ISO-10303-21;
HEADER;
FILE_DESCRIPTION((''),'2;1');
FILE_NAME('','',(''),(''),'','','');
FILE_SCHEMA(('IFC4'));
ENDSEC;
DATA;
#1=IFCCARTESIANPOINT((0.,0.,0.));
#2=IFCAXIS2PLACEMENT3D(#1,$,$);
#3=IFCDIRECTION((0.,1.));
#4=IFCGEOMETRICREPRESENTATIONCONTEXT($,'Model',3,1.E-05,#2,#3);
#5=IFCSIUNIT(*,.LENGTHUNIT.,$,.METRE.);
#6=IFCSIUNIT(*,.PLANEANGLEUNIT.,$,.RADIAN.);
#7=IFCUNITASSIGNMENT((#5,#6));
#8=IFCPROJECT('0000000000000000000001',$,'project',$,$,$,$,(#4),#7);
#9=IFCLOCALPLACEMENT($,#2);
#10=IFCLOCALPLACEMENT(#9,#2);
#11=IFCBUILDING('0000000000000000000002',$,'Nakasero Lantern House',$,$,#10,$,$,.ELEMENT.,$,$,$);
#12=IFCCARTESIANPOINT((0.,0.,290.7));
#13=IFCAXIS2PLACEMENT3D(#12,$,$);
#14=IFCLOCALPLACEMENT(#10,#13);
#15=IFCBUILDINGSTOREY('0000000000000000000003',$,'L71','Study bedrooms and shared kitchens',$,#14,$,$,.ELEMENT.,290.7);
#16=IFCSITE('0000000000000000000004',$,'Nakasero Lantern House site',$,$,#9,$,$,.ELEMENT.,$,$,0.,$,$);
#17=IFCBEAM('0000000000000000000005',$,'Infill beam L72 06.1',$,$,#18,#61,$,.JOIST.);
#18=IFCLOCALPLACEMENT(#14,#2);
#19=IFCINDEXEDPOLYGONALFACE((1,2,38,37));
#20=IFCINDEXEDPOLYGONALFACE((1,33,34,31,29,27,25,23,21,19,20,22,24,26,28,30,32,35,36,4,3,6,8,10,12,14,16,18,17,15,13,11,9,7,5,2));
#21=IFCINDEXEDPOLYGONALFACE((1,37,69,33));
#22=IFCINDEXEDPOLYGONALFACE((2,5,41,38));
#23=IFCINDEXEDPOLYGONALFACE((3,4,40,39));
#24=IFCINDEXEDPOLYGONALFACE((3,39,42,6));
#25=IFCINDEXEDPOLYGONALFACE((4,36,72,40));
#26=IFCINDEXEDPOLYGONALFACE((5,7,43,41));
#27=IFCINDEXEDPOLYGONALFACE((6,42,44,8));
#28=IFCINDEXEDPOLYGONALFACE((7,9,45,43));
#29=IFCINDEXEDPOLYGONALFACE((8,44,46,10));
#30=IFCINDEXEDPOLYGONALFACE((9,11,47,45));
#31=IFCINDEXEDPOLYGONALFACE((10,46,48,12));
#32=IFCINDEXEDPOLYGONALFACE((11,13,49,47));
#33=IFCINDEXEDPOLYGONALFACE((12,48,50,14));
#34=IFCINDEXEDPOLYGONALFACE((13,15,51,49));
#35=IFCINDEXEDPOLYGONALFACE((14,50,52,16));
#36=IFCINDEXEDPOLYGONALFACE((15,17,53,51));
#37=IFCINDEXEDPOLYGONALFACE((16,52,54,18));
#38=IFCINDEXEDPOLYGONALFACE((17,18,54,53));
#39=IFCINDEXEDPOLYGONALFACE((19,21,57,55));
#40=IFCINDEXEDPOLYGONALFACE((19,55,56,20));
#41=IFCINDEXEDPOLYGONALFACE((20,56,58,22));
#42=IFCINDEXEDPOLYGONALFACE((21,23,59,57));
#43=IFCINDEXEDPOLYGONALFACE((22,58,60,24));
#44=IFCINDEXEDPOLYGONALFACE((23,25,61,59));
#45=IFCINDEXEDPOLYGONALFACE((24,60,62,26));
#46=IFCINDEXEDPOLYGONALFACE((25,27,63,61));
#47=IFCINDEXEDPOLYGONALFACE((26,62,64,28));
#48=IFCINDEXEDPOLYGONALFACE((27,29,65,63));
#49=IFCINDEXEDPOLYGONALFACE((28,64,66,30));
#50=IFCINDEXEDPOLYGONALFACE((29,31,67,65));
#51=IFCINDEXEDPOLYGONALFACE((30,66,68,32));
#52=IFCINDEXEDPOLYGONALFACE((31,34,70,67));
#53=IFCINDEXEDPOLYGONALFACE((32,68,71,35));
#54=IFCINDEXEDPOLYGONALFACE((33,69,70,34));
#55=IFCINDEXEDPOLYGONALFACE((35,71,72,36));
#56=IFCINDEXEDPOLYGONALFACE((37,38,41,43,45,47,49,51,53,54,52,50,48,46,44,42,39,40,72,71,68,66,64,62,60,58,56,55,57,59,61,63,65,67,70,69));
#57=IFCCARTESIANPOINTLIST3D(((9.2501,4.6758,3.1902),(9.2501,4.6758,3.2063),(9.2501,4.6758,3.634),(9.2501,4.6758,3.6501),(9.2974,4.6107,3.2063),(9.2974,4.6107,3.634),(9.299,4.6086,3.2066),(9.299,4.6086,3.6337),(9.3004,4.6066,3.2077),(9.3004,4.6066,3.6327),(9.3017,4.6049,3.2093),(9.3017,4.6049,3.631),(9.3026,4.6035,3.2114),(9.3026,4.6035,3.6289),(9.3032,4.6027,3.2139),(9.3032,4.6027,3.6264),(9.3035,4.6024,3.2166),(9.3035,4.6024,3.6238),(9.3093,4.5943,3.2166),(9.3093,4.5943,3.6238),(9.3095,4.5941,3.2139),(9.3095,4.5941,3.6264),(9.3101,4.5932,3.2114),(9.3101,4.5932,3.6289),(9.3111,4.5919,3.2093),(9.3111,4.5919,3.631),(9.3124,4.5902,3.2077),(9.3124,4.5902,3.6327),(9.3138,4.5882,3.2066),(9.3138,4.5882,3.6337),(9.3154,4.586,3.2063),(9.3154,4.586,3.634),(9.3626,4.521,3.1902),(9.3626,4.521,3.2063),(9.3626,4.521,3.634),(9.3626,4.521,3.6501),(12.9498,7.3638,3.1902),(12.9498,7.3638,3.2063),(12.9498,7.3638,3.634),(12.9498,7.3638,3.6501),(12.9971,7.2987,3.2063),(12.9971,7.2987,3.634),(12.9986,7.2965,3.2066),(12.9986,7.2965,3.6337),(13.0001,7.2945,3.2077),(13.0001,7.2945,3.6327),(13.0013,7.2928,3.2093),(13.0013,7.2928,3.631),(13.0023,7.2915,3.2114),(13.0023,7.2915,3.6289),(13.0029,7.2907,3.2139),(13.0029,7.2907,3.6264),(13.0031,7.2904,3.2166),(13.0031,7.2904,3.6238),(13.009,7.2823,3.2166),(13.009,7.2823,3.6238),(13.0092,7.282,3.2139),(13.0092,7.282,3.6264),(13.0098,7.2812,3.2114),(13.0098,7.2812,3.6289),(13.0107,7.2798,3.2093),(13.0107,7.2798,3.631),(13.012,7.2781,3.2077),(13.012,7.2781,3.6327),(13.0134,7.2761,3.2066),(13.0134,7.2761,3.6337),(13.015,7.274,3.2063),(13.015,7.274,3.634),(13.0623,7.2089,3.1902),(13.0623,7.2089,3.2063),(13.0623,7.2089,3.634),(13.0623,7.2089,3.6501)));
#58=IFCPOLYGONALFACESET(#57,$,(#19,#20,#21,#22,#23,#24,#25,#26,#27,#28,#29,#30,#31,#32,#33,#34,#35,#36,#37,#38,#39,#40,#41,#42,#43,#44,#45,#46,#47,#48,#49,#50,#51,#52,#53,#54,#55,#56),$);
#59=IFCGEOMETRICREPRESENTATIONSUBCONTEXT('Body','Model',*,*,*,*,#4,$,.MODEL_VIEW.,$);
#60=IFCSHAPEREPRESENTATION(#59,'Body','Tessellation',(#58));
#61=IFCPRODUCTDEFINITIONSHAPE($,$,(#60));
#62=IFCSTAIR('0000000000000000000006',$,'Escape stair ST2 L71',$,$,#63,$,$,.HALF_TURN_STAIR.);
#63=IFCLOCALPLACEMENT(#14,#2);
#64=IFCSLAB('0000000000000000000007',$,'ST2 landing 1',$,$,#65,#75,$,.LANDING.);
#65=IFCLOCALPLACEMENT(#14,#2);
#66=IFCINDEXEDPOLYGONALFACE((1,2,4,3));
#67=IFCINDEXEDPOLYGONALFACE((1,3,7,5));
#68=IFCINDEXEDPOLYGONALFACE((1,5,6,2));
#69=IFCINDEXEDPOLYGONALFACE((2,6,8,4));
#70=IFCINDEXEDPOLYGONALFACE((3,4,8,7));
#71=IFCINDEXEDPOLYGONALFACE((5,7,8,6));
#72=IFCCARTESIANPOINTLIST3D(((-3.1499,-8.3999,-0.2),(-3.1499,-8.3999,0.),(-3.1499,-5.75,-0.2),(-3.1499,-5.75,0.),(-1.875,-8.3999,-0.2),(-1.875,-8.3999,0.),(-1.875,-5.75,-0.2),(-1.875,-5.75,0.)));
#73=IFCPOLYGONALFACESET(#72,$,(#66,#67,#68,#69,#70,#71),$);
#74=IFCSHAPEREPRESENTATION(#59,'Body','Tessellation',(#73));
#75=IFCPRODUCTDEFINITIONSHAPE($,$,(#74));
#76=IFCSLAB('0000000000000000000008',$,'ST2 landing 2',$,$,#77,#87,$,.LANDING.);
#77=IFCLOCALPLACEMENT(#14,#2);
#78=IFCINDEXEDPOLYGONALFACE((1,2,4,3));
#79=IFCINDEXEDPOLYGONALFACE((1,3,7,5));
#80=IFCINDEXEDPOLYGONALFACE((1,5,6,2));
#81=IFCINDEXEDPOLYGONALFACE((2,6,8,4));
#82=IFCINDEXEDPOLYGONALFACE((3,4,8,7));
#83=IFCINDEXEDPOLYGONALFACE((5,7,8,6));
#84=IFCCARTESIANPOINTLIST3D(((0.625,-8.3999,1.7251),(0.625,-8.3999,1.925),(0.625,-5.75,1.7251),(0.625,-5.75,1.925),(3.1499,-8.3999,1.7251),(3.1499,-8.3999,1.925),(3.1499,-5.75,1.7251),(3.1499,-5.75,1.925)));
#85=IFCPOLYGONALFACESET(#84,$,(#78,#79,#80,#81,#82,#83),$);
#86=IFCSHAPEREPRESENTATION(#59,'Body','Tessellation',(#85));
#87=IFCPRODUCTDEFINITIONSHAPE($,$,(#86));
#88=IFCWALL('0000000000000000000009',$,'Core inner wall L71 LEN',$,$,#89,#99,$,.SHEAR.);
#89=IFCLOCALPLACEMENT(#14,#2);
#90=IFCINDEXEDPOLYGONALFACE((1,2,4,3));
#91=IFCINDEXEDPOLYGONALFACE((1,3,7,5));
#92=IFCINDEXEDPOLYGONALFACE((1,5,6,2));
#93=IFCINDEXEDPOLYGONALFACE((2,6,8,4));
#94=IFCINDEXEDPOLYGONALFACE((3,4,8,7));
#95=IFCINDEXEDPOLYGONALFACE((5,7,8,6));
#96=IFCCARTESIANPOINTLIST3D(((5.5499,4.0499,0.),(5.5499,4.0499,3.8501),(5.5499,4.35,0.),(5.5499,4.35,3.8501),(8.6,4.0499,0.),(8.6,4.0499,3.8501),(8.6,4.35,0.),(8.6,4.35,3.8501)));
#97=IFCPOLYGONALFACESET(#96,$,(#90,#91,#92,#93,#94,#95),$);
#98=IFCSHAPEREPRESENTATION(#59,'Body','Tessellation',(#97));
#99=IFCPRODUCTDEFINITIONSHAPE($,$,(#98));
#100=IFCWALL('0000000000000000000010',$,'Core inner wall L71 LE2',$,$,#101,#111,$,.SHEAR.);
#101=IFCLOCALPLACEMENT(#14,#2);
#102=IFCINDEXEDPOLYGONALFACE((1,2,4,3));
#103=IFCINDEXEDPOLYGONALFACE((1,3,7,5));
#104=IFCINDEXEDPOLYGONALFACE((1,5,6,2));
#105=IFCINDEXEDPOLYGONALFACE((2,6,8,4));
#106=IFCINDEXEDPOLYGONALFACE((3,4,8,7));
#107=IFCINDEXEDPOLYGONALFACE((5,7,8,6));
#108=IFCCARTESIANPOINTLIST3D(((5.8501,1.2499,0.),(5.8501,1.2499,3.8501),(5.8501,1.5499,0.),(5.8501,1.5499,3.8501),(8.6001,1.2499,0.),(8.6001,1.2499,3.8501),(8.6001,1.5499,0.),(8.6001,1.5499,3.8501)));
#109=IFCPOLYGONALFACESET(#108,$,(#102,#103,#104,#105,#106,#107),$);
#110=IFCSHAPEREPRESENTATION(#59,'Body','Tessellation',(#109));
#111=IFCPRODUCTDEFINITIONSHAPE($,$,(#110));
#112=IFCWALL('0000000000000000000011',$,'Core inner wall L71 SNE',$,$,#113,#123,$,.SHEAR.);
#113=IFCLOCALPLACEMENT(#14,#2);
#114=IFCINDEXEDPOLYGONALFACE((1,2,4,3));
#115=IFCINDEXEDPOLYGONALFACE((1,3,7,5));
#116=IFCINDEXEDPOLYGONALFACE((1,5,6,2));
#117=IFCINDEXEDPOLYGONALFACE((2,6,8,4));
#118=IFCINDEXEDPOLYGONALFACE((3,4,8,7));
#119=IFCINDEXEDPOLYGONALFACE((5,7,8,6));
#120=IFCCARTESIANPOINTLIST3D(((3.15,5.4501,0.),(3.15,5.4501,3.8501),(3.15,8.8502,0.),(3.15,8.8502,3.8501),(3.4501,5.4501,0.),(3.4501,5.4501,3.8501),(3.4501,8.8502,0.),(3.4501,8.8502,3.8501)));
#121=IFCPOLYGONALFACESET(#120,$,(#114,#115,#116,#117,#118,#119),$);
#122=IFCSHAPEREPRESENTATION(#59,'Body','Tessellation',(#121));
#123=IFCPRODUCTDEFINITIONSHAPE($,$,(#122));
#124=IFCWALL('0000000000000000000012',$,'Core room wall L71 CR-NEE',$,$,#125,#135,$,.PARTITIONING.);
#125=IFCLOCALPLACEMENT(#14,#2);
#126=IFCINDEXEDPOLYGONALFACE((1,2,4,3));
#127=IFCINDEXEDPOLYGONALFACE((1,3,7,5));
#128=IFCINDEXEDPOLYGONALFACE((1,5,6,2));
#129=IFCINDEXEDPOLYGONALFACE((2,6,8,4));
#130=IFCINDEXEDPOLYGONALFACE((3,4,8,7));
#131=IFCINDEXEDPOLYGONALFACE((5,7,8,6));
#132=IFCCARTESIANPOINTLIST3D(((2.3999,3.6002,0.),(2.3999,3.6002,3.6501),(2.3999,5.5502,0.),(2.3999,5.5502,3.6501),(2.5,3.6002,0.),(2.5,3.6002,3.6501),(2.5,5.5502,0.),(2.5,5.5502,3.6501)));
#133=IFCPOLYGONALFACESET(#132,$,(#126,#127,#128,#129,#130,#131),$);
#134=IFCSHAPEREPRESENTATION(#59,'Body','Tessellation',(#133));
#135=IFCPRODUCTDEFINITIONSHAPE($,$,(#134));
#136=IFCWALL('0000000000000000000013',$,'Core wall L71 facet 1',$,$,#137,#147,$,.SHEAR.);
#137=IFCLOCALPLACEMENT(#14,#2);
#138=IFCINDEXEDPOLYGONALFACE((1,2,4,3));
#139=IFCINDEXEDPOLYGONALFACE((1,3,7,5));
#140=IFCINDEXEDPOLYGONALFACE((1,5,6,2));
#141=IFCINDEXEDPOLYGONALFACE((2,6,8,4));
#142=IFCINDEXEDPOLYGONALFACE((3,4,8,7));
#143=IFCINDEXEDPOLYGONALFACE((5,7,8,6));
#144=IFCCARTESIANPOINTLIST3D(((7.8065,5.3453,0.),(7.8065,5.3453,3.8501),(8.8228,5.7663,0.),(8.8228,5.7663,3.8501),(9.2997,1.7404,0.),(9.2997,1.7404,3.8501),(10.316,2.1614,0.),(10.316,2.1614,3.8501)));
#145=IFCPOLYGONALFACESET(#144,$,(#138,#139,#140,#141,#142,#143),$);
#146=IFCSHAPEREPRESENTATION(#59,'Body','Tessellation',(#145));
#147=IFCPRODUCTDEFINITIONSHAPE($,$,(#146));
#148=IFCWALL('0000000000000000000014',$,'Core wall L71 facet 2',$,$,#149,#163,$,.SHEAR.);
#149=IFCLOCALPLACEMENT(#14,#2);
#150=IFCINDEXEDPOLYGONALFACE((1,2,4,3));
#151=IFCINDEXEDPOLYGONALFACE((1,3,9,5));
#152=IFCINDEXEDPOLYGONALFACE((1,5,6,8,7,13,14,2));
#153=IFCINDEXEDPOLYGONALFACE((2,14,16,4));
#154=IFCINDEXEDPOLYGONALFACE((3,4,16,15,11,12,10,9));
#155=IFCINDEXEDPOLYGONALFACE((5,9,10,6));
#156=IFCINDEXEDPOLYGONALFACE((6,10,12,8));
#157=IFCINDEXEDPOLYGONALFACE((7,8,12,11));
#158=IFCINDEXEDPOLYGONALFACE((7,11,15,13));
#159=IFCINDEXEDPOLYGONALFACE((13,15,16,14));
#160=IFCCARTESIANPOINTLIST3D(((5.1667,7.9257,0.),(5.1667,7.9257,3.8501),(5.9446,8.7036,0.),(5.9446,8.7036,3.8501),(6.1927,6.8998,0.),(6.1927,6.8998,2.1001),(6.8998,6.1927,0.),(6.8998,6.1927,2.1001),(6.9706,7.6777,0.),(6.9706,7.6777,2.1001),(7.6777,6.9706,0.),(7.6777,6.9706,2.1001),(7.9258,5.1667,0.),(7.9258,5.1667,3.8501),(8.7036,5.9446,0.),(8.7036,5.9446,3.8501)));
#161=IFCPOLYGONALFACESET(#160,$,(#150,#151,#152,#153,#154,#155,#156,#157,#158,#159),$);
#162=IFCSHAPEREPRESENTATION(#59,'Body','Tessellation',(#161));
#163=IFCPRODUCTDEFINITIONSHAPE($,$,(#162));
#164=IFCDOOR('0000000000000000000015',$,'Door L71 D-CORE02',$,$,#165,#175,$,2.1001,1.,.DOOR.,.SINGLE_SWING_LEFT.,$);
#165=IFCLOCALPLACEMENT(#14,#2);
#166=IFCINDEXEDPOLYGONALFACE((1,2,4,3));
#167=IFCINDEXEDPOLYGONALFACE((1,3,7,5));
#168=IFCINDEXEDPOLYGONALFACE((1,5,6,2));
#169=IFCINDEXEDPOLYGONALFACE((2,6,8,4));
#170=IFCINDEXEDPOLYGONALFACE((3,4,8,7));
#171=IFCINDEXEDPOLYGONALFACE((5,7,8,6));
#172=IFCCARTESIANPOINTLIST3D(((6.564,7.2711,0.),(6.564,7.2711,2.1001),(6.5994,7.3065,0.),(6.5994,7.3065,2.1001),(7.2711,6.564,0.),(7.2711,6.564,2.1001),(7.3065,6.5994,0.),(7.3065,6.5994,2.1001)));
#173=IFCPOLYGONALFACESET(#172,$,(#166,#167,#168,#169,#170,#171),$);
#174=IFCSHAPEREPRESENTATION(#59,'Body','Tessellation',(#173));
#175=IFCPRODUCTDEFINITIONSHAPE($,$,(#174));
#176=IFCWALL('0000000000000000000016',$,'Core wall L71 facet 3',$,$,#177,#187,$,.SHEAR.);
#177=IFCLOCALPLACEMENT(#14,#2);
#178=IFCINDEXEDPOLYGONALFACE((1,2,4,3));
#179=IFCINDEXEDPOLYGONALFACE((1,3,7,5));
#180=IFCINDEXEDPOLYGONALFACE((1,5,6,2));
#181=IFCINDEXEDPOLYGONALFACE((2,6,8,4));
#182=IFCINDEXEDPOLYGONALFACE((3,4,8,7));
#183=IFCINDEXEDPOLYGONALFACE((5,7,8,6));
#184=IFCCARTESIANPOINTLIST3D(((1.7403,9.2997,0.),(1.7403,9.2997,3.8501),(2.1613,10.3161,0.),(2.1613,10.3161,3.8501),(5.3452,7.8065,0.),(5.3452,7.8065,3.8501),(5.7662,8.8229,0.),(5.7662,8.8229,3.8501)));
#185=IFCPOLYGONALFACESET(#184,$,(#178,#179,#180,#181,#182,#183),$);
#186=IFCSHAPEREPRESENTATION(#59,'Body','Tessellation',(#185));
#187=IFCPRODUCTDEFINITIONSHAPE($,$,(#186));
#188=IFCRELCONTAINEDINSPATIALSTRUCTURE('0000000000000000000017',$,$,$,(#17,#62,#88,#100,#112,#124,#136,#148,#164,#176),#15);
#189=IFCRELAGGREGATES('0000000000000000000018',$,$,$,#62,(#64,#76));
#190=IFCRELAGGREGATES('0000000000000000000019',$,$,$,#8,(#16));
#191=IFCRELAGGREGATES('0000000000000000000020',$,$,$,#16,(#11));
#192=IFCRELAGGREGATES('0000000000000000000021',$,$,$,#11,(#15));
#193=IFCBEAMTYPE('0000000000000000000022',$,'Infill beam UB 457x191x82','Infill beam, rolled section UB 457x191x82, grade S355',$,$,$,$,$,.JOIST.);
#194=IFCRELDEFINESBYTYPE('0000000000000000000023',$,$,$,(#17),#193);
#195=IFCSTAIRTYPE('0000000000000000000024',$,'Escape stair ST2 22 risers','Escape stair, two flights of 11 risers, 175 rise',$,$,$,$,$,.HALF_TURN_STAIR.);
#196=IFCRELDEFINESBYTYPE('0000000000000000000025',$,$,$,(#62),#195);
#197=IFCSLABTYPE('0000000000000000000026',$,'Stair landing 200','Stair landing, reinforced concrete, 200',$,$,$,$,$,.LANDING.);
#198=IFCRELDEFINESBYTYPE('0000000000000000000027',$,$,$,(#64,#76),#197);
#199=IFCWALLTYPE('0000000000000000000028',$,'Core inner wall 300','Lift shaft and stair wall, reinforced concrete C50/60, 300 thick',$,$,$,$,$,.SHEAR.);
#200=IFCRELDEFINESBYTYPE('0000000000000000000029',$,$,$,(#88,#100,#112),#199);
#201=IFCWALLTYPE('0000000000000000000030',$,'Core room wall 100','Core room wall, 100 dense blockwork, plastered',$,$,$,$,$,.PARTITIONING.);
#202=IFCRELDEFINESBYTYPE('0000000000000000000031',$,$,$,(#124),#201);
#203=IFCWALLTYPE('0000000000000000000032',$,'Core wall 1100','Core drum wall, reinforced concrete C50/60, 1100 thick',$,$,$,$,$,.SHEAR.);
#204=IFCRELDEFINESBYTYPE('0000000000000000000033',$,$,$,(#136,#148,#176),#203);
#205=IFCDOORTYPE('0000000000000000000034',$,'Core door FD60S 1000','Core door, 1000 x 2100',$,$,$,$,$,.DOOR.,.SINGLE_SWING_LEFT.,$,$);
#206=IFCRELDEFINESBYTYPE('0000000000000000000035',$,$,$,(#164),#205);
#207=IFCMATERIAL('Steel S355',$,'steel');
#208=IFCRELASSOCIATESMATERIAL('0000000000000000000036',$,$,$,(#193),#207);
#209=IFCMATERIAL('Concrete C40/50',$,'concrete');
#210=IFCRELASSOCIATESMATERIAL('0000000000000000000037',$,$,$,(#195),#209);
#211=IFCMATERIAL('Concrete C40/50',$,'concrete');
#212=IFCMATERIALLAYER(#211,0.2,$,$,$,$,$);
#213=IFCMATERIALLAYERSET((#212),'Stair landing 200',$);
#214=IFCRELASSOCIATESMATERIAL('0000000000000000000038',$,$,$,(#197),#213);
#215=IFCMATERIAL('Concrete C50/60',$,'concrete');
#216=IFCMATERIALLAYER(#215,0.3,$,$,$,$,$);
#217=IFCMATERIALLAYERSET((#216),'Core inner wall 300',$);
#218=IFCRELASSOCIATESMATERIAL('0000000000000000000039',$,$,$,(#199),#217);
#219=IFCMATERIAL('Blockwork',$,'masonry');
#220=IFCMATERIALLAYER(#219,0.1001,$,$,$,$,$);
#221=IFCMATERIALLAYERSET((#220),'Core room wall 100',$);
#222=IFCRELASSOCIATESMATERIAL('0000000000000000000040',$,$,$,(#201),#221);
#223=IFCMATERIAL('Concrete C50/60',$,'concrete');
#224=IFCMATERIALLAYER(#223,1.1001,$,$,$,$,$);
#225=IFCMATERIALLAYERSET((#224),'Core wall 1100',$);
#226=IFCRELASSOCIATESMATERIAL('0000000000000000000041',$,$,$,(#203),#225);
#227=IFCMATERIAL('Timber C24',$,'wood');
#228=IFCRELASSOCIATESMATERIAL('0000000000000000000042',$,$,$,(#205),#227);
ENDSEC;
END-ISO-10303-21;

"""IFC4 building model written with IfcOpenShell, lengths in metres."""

from ifc_helpers import new_model, si_unit, direction, frame, frame_2d, origin, origin_2d, place, context, subcontext, project, spatial, polyline, rectangle, i_section, outline, extrude, material, layer, layer_set, material_profile, profile_set, type_object, element, fill, aggregate, save


model = new_model("IFC4")

# Units and contexts
model_context = context("Model", 3, precision=1e-05, world=origin(), true_north=direction((0.0, 1.0)))
body_context = subcontext(model_context, "Body", "Model", "MODEL_VIEW")
ifc_project = project(units=[si_unit("LENGTHUNIT", "METRE"), si_unit("PLANEANGLEUNIT", "RADIAN")], contexts=[model_context])

# Site, building, storey
site_placement = place(None, origin())
site = spatial("IfcSite", under=ifc_project, at=site_placement, Name="Nakasero Lantern House site", CompositionType="ELEMENT", RefElevation=0.0)
building_placement = place(site_placement, origin())
building = spatial("IfcBuilding", under=site, at=building_placement, Name="Nakasero Lantern House", CompositionType="ELEMENT")
storey_placement = place(building_placement, frame((0.0, 0.0, 290.7)))
storey = spatial("IfcBuildingStorey", under=building, at=storey_placement, Name="L71", Description="Study bedrooms and shared kitchens", CompositionType="ELEMENT", Elevation=290.7)

# Beam
ifc_material_1 = material(Name="Steel S355", Category="steel")
ifc_material_profile = material_profile(ifc_material_1, i_section(OverallWidth=0.1914, OverallDepth=0.46, WebThickness=0.01, FlangeThickness=0.0161, FilletRadius=0.0103, at=origin_2d()), Name="UB 457x191x82")
ifc_profile_set = profile_set([ifc_material_profile], Name="Steel S355")
beam_type = type_object("IfcBeamType", Name="Infill beam UB 457x191x82", Description="Infill beam, rolled section UB 457x191x82, grade S355", PredefinedType="JOIST", material=ifc_profile_set)
beam_placement = place(storey_placement, frame((9.3064, 4.5984, 3.4202), z_axis=(0.809018, 0.587784, 0.0), x_axis=(-0.587784, 0.809018, 0.0)))
element("IfcBeam", 1, at=beam_placement, inside=storey, type_object=beam_type, Name="Infill beam L72 06.1", PredefinedType="JOIST", context=body_context, shape_type="SweptSolid", body=[
    extrude(i_section(OverallWidth=0.1914, OverallDepth=0.46, WebThickness=0.01, FlangeThickness=0.0161, FilletRadius=0.0103, at=origin_2d()), origin(), (0.0, 0.0, 1.0), 4.573),
])

# Stair, slabs
ifc_material_2 = material(Name="Concrete C40/50", Category="concrete")
stair_type_1 = type_object("IfcStairType", Name="Escape stair ST2 22 risers", Description="Escape stair, two flights of 11 risers, 175 rise", PredefinedType="HALF_TURN_STAIR", material=ifc_material_2)
stair_1_placement = place(storey_placement, origin())
stair_1 = element("IfcStair", 2, at=stair_1_placement, inside=storey, type_object=stair_type_1, Name="Escape stair ST2 L71", PredefinedType="HALF_TURN_STAIR")
ifc_material_3 = material(Name="Concrete C40/50", Category="concrete")
ifc_layer_1 = layer(ifc_material_3, 0.2)
ifc_layer_set_1 = layer_set([ifc_layer_1], Name="Stair landing 200")
slab_type = type_object("IfcSlabType", Name="Stair landing 200", Description="Stair landing, reinforced concrete, 200", PredefinedType="LANDING", material=ifc_layer_set_1)
slab_1_placement = place(storey_placement, frame((0.0, 0.0, -0.2)))
slab_1 = element("IfcSlab", 3, at=slab_1_placement, type_object=slab_type, Name="ST2 landing 1", PredefinedType="LANDING", context=body_context, shape_type="SweptSolid", body=[
    extrude(outline(polyline([(-3.1499, -8.3999), (-1.875, -8.3999), (-1.875, -5.75), (-3.1499, -5.75), (-3.1499, -8.3999)])), origin(), (0.0, 0.0, 1.0), 0.2),
])
slab_2_placement = place(storey_placement, frame((0.0, 0.0, 1.7251)))
slab_2 = element("IfcSlab", 4, at=slab_2_placement, type_object=slab_type, Name="ST2 landing 2", PredefinedType="LANDING", context=body_context, shape_type="SweptSolid", body=[
    extrude(outline(polyline([(0.625, -8.3999), (3.1499, -8.3999), (3.1499, -5.75), (0.625, -5.75), (0.625, -8.3999)])), origin(), (0.0, 0.0, 1.0), 0.2),
])
aggregate(stair_1, [slab_1, slab_2])

# Walls
ifc_material_4 = material(Name="Concrete C50/60", Category="concrete")
ifc_layer_2 = layer(ifc_material_4, 0.3)
ifc_layer_set_2 = layer_set([ifc_layer_2], Name="Core inner wall 300")
wall_type_1 = type_object("IfcWallType", Name="Core inner wall 300", Description="Lift shaft and stair wall, reinforced concrete C50/60, 300 thick", PredefinedType="SHEAR", material=ifc_layer_set_2)
wall_1_placement = place(storey_placement, frame((5.55, 4.2, 0.0), z_axis=(0.0, 0.0, 1.0), x_axis=(1.0, 0.0, 0.0)))
element("IfcWall", 5, at=wall_1_placement, inside=storey, type_object=wall_type_1, Name="Core inner wall L71 LEN", PredefinedType="SHEAR", context=body_context, shape_type="SweptSolid", body=[
    extrude(rectangle(XDim=3.05, YDim=0.3, at=frame_2d((1.5249, 0.0))), origin(), (0.0, 0.0, 1.0), 3.8501),
])
wall_2_placement = place(storey_placement, frame((5.8501, 1.3999, 0.0), z_axis=(0.0, 0.0, 1.0), x_axis=(1.0, 0.0, 0.0)))
element("IfcWall", 6, at=wall_2_placement, inside=storey, type_object=wall_type_1, Name="Core inner wall L71 LE2", PredefinedType="SHEAR", context=body_context, shape_type="SweptSolid", body=[
    extrude(rectangle(XDim=2.75, YDim=0.3, at=frame_2d((1.375, 0.0))), origin(), (0.0, 0.0, 1.0), 3.8501),
])
wall_3_placement = place(storey_placement, frame((3.3, 5.45, 0.0), z_axis=(0.0, 0.0, 1.0), x_axis=(0.0, 1.0, 0.0)))
element("IfcWall", 7, at=wall_3_placement, inside=storey, type_object=wall_type_1, Name="Core inner wall L71 SNE", PredefinedType="SHEAR", context=body_context, shape_type="SweptSolid", body=[
    extrude(rectangle(XDim=3.4001, YDim=0.3, at=frame_2d((1.7002, 0.0))), origin(), (0.0, 0.0, 1.0), 3.8501),
])
ifc_material_5 = material(Name="Blockwork", Category="masonry")
ifc_layer_3 = layer(ifc_material_5, 0.1001)
ifc_layer_set_3 = layer_set([ifc_layer_3], Name="Core room wall 100")
wall_type_2 = type_object("IfcWallType", Name="Core room wall 100", Description="Core room wall, 100 dense blockwork, plastered", PredefinedType="PARTITIONING", material=ifc_layer_set_3)
wall_4_placement = place(storey_placement, frame((2.45, 3.6001, 0.0), z_axis=(0.0, 0.0, 1.0), x_axis=(0.0, 1.0, 0.0)))
element("IfcWall", 8, at=wall_4_placement, inside=storey, type_object=wall_type_2, Name="Core room wall L71 CR-NEE", PredefinedType="PARTITIONING", context=body_context, shape_type="SweptSolid", body=[
    extrude(rectangle(XDim=1.95, YDim=0.1001, at=frame_2d((0.9751, 0.0))), origin(), (0.0, 0.0, 1.0), 3.6501),
])
ifc_material_6 = material(Name="Concrete C50/60", Category="concrete")
ifc_layer_4 = layer(ifc_material_6, 1.1001)
ifc_layer_set_4 = layer_set([ifc_layer_4], Name="Core wall 1100")
wall_type_3 = type_object("IfcWallType", Name="Core wall 1100", Description="Core drum wall, reinforced concrete C50/60, 1100 thick", PredefinedType="SHEAR", material=ifc_layer_set_4)
wall_5_placement = place(storey_placement, frame((9.8079, 1.9509, 0.0), z_axis=(0.0, 0.0, 1.0), x_axis=(-0.382691, 0.923877, 0.0)))
element("IfcWall", 9, at=wall_5_placement, inside=storey, type_object=wall_type_3, Name="Core wall L71 facet 1", PredefinedType="SHEAR", context=body_context, shape_type="SweptSolid", body=[
    extrude(rectangle(XDim=3.9019, YDim=1.1001, at=frame_2d((1.9509, 0.0))), origin(), (0.0, 0.0, 1.0), 3.8501),
])

# Wall, opening, door
wall_6_placement = place(storey_placement, frame((8.3147, 5.5557, 0.0), z_axis=(0.0, 0.0, 1.0), x_axis=(-0.707107, 0.707107, 0.0)))
wall_6 = element("IfcWall", 10, at=wall_6_placement, inside=storey, type_object=wall_type_3, Name="Core wall L71 facet 2", PredefinedType="SHEAR", context=body_context, shape_type="SweptSolid", body=[
    extrude(rectangle(XDim=3.9019, YDim=1.1001, at=frame_2d((1.9509, 0.0))), origin(), (0.0, 0.0, 1.0), 3.8501),
])
opening_1_placement = place(wall_6_placement, frame((1.4509, 0.0, 0.0)))
opening_1 = element("IfcOpeningElement", 11, at=opening_1_placement, cuts=wall_6, PredefinedType="OPENING", context=body_context, shape_type="SweptSolid", body=[
    extrude(rectangle(XDim=1.0, YDim=2.1001, at=frame_2d((0.5, 1.05))), frame((0.0, 0.5701, 0.0), z_axis=(0.0, -1.0, 0.0), x_axis=(1.0, 0.0, 0.0)), (0.0, 0.0, 1.0), 1.1401),
])
ifc_material_7 = material(Name="Timber C24", Category="wood")
door_type_1 = type_object("IfcDoorType", Name="Core door FD60S 1000", Description="Core door, 1000 x 2100", OperationType="SINGLE_SWING_LEFT", PredefinedType="DOOR", material=ifc_material_7)
door_1_placement = place(opening_1_placement, origin())
door_1 = element("IfcDoor", 12, at=door_1_placement, inside=storey, type_object=door_type_1, Name="Door L71 D-CORE02", OperationType="SINGLE_SWING_LEFT", OverallHeight=2.1001, OverallWidth=1.0, PredefinedType="DOOR", context=body_context, shape_type="SweptSolid", body=[
    extrude(rectangle(XDim=1.0, YDim=2.1001, at=frame_2d((0.5, 1.05))), frame((0.0, 0.0249, 0.0), z_axis=(0.0, -1.0, 0.0), x_axis=(1.0, 0.0, 0.0)), (0.0, 0.0, 1.0), 0.05),
])
fill(opening_1, door_1)

# Wall
wall_7_placement = place(storey_placement, frame((5.5557, 8.3147, 0.0), z_axis=(0.0, 0.0, 1.0), x_axis=(-0.923877, 0.382691, 0.0)))
element("IfcWall", 13, at=wall_7_placement, inside=storey, type_object=wall_type_3, Name="Core wall L71 facet 3", PredefinedType="SHEAR", context=body_context, shape_type="SweptSolid", body=[
    extrude(rectangle(XDim=3.9019, YDim=1.1001, at=frame_2d((1.9509, 0.0))), origin(), (0.0, 0.0, 1.0), 3.8501),
])

save(model, "model.ifc")
